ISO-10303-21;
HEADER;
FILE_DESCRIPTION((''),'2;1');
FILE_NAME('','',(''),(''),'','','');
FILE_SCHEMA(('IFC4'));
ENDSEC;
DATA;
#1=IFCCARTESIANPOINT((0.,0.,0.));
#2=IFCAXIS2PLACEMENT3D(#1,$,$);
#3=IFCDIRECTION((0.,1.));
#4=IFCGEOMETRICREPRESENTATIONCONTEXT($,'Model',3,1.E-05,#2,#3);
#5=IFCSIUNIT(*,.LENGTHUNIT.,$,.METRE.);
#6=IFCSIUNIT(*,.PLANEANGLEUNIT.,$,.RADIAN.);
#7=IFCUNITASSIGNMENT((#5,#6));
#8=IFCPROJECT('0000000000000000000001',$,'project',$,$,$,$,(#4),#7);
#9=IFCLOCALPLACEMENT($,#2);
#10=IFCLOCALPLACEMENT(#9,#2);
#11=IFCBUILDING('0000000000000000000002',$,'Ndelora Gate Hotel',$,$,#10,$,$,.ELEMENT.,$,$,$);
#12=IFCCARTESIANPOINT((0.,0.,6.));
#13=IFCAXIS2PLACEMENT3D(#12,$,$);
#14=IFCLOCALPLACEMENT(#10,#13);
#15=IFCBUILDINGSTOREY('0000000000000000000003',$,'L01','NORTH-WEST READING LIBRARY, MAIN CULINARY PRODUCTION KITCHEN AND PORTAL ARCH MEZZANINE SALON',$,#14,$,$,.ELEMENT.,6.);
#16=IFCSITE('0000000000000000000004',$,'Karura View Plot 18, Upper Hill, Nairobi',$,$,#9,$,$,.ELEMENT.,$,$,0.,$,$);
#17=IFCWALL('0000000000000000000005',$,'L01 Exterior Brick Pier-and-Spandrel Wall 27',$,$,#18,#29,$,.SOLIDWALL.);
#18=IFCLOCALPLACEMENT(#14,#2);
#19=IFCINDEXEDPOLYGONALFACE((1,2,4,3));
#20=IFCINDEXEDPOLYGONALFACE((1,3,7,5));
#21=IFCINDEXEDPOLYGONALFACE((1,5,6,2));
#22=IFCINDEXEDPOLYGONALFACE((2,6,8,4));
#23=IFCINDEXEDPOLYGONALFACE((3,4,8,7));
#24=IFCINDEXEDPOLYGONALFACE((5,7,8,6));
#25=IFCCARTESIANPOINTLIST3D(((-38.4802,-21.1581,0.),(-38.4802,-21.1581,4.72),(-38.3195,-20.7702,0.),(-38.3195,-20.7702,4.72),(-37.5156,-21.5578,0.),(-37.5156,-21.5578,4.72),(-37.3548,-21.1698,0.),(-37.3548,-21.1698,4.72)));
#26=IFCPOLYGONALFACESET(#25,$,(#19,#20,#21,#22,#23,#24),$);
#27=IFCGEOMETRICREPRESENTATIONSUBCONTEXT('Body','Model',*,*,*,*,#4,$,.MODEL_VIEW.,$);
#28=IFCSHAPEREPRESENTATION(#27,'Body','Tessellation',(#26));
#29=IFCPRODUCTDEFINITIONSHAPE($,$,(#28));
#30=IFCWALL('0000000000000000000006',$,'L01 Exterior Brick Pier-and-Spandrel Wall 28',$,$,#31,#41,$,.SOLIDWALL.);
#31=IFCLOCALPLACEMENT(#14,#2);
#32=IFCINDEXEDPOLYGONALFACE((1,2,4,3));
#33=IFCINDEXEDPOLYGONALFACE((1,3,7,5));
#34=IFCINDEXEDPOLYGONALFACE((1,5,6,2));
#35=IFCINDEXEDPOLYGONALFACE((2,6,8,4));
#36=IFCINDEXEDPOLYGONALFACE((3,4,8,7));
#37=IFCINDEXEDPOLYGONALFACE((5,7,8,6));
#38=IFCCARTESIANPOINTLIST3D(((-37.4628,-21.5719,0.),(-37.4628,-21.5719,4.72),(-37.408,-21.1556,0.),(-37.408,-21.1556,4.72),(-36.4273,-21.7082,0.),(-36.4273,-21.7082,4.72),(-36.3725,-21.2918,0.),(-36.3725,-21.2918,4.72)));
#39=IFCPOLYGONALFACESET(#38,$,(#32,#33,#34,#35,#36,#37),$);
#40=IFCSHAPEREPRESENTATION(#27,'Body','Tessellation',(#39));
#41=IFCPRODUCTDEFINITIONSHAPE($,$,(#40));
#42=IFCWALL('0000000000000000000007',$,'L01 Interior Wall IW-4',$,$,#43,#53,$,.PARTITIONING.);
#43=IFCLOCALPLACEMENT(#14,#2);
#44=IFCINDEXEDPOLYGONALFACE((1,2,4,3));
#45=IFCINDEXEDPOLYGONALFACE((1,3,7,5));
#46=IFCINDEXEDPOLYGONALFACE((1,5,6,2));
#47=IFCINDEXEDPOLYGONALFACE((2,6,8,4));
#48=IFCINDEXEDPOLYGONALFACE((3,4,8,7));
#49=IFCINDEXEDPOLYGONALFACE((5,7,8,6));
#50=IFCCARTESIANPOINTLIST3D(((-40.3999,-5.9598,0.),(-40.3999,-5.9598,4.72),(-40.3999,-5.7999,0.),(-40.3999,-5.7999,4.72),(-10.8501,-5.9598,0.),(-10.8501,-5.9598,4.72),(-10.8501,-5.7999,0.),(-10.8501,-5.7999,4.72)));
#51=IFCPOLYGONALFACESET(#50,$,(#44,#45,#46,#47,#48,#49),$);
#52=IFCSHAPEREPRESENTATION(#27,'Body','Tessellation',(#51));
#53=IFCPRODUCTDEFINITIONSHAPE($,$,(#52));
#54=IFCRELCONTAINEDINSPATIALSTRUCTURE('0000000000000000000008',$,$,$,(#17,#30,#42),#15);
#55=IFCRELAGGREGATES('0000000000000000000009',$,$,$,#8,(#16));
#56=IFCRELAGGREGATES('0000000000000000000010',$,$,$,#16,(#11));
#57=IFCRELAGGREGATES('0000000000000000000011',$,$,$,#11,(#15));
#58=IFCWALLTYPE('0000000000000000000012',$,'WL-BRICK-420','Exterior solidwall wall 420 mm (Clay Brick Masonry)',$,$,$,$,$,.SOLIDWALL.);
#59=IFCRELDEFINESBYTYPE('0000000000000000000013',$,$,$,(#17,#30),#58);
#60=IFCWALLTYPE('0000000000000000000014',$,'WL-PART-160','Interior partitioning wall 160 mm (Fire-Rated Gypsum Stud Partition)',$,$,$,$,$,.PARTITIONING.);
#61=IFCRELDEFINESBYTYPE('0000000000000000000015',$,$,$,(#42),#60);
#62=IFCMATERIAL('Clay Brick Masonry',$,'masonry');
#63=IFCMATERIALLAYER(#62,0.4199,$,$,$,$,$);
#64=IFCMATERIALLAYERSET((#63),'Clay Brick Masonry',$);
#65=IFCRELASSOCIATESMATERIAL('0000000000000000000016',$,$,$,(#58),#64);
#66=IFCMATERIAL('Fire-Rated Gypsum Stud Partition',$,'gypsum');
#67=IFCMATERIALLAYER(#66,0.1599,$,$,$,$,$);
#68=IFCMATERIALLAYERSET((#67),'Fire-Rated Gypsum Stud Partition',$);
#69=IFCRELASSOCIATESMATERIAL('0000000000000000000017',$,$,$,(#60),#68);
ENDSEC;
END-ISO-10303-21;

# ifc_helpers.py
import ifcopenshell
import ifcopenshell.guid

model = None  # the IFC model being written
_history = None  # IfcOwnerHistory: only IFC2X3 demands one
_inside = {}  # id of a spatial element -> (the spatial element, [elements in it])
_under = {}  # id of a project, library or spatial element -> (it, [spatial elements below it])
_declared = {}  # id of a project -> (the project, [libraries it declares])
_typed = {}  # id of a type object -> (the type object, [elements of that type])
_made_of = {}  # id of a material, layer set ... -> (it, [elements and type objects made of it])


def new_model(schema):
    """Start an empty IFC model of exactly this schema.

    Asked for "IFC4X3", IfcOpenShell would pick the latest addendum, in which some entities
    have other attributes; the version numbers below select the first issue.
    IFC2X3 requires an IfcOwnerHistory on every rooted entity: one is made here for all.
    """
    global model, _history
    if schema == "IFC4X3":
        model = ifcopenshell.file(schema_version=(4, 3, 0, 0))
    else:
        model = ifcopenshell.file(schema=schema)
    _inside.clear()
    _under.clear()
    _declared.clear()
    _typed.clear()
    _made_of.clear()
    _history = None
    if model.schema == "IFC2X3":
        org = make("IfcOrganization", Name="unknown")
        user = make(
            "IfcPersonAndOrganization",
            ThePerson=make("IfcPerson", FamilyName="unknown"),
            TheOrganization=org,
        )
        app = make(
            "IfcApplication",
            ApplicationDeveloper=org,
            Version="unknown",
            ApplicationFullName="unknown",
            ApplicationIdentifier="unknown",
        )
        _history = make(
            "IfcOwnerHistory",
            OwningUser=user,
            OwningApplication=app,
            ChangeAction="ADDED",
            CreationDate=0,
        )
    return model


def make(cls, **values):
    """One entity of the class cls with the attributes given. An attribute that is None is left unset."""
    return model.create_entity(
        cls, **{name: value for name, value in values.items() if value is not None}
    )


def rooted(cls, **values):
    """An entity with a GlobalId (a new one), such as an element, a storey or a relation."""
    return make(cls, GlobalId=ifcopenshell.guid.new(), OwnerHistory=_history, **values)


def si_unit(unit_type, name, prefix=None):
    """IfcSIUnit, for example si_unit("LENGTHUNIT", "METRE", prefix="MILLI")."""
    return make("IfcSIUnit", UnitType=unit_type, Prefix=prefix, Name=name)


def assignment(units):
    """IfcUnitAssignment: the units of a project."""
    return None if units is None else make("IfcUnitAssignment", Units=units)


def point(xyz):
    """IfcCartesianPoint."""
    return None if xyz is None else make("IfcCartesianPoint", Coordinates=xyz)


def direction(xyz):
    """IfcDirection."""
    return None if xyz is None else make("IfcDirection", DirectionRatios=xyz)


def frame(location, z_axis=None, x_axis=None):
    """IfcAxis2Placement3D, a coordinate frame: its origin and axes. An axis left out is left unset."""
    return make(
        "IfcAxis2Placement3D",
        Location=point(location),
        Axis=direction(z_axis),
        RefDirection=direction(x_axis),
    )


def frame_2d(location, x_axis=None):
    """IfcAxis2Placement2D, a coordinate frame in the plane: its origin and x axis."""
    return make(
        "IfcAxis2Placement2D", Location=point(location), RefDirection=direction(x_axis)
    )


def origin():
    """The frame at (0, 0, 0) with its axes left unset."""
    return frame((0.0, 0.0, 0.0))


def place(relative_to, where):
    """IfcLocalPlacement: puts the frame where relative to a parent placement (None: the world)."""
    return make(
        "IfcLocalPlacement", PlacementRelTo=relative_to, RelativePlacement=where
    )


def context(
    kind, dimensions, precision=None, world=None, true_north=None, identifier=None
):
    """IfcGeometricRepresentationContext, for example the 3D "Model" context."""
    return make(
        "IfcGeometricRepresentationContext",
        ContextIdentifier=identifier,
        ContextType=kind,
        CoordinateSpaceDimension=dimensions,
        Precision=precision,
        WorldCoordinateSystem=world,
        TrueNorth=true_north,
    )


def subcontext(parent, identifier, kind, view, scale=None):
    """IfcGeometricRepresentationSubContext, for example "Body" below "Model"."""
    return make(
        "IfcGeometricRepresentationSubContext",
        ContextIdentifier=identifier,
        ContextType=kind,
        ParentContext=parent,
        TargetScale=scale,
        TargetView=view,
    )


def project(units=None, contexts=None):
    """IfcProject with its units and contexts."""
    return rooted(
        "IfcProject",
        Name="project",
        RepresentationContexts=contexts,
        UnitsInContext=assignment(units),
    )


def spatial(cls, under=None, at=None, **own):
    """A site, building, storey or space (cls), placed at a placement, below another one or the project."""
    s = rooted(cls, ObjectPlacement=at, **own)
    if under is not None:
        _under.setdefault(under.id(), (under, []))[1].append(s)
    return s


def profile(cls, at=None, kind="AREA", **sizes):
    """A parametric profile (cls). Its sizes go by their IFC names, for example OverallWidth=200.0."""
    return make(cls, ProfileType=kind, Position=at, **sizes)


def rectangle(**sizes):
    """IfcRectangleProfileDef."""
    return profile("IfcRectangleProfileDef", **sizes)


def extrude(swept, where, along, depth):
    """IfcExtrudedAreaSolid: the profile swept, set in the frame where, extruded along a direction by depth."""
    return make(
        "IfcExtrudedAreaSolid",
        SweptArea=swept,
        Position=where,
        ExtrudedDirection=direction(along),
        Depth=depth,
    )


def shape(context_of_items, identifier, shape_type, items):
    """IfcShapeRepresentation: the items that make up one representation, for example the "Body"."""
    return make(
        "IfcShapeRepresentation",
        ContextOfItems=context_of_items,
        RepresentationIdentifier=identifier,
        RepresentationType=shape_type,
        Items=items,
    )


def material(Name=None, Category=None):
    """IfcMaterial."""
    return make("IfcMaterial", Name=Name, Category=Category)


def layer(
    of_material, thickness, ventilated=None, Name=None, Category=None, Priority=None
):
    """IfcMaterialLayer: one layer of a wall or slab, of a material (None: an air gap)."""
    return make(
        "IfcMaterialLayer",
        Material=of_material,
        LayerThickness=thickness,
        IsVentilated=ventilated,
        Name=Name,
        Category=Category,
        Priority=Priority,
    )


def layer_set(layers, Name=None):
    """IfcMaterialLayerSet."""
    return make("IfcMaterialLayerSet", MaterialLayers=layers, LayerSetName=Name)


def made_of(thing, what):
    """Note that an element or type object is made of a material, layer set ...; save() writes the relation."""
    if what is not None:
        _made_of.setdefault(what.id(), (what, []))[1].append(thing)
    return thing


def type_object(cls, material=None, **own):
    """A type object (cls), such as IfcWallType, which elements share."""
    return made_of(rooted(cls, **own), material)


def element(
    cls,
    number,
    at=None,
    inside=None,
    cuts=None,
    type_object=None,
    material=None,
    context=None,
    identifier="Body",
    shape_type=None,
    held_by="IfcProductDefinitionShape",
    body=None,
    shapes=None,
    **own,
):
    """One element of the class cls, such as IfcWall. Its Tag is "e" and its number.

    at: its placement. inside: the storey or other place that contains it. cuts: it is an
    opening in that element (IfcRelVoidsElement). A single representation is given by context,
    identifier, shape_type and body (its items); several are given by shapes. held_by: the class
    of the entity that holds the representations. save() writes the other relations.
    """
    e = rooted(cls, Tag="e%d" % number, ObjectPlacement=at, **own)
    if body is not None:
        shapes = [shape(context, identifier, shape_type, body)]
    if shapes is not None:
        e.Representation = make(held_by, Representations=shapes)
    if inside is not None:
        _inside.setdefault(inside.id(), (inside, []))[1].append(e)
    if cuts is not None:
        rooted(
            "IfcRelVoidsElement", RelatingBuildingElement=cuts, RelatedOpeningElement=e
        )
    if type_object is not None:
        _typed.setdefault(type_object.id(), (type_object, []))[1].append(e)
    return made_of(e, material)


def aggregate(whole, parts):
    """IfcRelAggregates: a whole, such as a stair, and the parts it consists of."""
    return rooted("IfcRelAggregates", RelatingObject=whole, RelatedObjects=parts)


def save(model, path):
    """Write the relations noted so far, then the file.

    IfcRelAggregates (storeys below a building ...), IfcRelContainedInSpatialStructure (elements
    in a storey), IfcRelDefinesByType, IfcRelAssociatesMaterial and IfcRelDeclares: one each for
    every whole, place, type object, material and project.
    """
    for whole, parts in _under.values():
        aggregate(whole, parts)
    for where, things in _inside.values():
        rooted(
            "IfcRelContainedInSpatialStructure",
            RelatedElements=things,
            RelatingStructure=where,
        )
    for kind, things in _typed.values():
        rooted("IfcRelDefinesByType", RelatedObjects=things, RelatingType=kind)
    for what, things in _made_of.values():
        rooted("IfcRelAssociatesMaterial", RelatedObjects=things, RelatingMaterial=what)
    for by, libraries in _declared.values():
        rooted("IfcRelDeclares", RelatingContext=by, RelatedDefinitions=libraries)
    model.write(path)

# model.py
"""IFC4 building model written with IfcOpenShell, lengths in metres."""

from ifc_helpers import new_model, si_unit, direction, frame, frame_2d, origin, place, context, subcontext, project, spatial, rectangle, extrude, material, layer, layer_set, type_object, element, save


model = new_model("IFC4")

# Units and contexts
model_context = context("Model", 3, precision=1e-05, world=origin(), true_north=direction((0.0, 1.0)))
body_context = subcontext(model_context, "Body", "Model", "MODEL_VIEW")
ifc_project = project(units=[si_unit("LENGTHUNIT", "METRE"), si_unit("PLANEANGLEUNIT", "RADIAN")], contexts=[model_context])

# Site, building, storey
site_placement = place(None, origin())
site = spatial("IfcSite", under=ifc_project, at=site_placement, Name="Karura View Plot 18, Upper Hill, Nairobi", CompositionType="ELEMENT", RefElevation=0.0)
building_placement = place(site_placement, origin())
building = spatial("IfcBuilding", under=site, at=building_placement, Name="Ndelora Gate Hotel", CompositionType="ELEMENT")
storey_placement = place(building_placement, frame((0.0, 0.0, 6.0)))
storey = spatial("IfcBuildingStorey", under=building, at=storey_placement, Name="L01", Description="NORTH-WEST READING LIBRARY, MAIN CULINARY PRODUCTION KITCHEN AND PORTAL ARCH MEZZANINE SALON", CompositionType="ELEMENT", Elevation=6.0)

# Shared definitions
ifc_material_1 = material(Name="Clay Brick Masonry", Category="masonry")
ifc_layer_1 = layer(ifc_material_1, 0.4199)
ifc_layer_set_1 = layer_set([ifc_layer_1], Name="Clay Brick Masonry")
wall_type_1 = type_object("IfcWallType", Name="WL-BRICK-420", Description="Exterior solidwall wall 420 mm (Clay Brick Masonry)", PredefinedType="SOLIDWALL", material=ifc_layer_set_1)

# Walls
wall_1_placement = place(storey_placement, frame((-37.4353, -21.3638, 0.0), z_axis=(0.0, 0.0, 1.0), x_axis=(-0.923843, 0.382772, 0.0)))
element("IfcWall", 1, at=wall_1_placement, inside=storey, type_object=wall_type_1, Name="L01 Exterior Brick Pier-and-Spandrel Wall 27", PredefinedType="SOLIDWALL", context=body_context, shape_type="SweptSolid", body=[
    extrude(rectangle(XDim=1.0442, YDim=0.4199, at=frame_2d((0.522, 0.0))), origin(), (0.0, 0.0, 1.0), 4.72),
])
wall_2_placement = place(storey_placement, frame((-36.3999, -21.5, 0.0), z_axis=(0.0, 0.0, 1.0), x_axis=(-0.991455, 0.130448, 0.0)))
element("IfcWall", 2, at=wall_2_placement, inside=storey, type_object=wall_type_1, Name="L01 Exterior Brick Pier-and-Spandrel Wall 28", PredefinedType="SOLIDWALL", context=body_context, shape_type="SweptSolid", body=[
    extrude(rectangle(XDim=1.0444, YDim=0.4199, at=frame_2d((0.5222, 0.0))), origin(), (0.0, 0.0, 1.0), 4.72),
])
ifc_material_2 = material(Name="Fire-Rated Gypsum Stud Partition", Category="gypsum")
ifc_layer_2 = layer(ifc_material_2, 0.1599)
ifc_layer_set_2 = layer_set([ifc_layer_2], Name="Fire-Rated Gypsum Stud Partition")
wall_type_2 = type_object("IfcWallType", Name="WL-PART-160", Description="Interior partitioning wall 160 mm (Fire-Rated Gypsum Stud Partition)", PredefinedType="PARTITIONING", material=ifc_layer_set_2)
wall_3_placement = place(storey_placement, frame((-40.3999, -5.8799, 0.0), z_axis=(0.0, 0.0, 1.0), x_axis=(1.0, 0.0, 0.0)))
element("IfcWall", 3, at=wall_3_placement, inside=storey, type_object=wall_type_2, Name="L01 Interior Wall IW-4", PredefinedType="PARTITIONING", context=body_context, shape_type="SweptSolid", body=[
    extrude(rectangle(XDim=29.5498, YDim=0.1599, at=frame_2d((14.7749, 0.0))), origin(), (0.0, 0.0, 1.0), 4.72),
])

save(model, "model.ifc")
